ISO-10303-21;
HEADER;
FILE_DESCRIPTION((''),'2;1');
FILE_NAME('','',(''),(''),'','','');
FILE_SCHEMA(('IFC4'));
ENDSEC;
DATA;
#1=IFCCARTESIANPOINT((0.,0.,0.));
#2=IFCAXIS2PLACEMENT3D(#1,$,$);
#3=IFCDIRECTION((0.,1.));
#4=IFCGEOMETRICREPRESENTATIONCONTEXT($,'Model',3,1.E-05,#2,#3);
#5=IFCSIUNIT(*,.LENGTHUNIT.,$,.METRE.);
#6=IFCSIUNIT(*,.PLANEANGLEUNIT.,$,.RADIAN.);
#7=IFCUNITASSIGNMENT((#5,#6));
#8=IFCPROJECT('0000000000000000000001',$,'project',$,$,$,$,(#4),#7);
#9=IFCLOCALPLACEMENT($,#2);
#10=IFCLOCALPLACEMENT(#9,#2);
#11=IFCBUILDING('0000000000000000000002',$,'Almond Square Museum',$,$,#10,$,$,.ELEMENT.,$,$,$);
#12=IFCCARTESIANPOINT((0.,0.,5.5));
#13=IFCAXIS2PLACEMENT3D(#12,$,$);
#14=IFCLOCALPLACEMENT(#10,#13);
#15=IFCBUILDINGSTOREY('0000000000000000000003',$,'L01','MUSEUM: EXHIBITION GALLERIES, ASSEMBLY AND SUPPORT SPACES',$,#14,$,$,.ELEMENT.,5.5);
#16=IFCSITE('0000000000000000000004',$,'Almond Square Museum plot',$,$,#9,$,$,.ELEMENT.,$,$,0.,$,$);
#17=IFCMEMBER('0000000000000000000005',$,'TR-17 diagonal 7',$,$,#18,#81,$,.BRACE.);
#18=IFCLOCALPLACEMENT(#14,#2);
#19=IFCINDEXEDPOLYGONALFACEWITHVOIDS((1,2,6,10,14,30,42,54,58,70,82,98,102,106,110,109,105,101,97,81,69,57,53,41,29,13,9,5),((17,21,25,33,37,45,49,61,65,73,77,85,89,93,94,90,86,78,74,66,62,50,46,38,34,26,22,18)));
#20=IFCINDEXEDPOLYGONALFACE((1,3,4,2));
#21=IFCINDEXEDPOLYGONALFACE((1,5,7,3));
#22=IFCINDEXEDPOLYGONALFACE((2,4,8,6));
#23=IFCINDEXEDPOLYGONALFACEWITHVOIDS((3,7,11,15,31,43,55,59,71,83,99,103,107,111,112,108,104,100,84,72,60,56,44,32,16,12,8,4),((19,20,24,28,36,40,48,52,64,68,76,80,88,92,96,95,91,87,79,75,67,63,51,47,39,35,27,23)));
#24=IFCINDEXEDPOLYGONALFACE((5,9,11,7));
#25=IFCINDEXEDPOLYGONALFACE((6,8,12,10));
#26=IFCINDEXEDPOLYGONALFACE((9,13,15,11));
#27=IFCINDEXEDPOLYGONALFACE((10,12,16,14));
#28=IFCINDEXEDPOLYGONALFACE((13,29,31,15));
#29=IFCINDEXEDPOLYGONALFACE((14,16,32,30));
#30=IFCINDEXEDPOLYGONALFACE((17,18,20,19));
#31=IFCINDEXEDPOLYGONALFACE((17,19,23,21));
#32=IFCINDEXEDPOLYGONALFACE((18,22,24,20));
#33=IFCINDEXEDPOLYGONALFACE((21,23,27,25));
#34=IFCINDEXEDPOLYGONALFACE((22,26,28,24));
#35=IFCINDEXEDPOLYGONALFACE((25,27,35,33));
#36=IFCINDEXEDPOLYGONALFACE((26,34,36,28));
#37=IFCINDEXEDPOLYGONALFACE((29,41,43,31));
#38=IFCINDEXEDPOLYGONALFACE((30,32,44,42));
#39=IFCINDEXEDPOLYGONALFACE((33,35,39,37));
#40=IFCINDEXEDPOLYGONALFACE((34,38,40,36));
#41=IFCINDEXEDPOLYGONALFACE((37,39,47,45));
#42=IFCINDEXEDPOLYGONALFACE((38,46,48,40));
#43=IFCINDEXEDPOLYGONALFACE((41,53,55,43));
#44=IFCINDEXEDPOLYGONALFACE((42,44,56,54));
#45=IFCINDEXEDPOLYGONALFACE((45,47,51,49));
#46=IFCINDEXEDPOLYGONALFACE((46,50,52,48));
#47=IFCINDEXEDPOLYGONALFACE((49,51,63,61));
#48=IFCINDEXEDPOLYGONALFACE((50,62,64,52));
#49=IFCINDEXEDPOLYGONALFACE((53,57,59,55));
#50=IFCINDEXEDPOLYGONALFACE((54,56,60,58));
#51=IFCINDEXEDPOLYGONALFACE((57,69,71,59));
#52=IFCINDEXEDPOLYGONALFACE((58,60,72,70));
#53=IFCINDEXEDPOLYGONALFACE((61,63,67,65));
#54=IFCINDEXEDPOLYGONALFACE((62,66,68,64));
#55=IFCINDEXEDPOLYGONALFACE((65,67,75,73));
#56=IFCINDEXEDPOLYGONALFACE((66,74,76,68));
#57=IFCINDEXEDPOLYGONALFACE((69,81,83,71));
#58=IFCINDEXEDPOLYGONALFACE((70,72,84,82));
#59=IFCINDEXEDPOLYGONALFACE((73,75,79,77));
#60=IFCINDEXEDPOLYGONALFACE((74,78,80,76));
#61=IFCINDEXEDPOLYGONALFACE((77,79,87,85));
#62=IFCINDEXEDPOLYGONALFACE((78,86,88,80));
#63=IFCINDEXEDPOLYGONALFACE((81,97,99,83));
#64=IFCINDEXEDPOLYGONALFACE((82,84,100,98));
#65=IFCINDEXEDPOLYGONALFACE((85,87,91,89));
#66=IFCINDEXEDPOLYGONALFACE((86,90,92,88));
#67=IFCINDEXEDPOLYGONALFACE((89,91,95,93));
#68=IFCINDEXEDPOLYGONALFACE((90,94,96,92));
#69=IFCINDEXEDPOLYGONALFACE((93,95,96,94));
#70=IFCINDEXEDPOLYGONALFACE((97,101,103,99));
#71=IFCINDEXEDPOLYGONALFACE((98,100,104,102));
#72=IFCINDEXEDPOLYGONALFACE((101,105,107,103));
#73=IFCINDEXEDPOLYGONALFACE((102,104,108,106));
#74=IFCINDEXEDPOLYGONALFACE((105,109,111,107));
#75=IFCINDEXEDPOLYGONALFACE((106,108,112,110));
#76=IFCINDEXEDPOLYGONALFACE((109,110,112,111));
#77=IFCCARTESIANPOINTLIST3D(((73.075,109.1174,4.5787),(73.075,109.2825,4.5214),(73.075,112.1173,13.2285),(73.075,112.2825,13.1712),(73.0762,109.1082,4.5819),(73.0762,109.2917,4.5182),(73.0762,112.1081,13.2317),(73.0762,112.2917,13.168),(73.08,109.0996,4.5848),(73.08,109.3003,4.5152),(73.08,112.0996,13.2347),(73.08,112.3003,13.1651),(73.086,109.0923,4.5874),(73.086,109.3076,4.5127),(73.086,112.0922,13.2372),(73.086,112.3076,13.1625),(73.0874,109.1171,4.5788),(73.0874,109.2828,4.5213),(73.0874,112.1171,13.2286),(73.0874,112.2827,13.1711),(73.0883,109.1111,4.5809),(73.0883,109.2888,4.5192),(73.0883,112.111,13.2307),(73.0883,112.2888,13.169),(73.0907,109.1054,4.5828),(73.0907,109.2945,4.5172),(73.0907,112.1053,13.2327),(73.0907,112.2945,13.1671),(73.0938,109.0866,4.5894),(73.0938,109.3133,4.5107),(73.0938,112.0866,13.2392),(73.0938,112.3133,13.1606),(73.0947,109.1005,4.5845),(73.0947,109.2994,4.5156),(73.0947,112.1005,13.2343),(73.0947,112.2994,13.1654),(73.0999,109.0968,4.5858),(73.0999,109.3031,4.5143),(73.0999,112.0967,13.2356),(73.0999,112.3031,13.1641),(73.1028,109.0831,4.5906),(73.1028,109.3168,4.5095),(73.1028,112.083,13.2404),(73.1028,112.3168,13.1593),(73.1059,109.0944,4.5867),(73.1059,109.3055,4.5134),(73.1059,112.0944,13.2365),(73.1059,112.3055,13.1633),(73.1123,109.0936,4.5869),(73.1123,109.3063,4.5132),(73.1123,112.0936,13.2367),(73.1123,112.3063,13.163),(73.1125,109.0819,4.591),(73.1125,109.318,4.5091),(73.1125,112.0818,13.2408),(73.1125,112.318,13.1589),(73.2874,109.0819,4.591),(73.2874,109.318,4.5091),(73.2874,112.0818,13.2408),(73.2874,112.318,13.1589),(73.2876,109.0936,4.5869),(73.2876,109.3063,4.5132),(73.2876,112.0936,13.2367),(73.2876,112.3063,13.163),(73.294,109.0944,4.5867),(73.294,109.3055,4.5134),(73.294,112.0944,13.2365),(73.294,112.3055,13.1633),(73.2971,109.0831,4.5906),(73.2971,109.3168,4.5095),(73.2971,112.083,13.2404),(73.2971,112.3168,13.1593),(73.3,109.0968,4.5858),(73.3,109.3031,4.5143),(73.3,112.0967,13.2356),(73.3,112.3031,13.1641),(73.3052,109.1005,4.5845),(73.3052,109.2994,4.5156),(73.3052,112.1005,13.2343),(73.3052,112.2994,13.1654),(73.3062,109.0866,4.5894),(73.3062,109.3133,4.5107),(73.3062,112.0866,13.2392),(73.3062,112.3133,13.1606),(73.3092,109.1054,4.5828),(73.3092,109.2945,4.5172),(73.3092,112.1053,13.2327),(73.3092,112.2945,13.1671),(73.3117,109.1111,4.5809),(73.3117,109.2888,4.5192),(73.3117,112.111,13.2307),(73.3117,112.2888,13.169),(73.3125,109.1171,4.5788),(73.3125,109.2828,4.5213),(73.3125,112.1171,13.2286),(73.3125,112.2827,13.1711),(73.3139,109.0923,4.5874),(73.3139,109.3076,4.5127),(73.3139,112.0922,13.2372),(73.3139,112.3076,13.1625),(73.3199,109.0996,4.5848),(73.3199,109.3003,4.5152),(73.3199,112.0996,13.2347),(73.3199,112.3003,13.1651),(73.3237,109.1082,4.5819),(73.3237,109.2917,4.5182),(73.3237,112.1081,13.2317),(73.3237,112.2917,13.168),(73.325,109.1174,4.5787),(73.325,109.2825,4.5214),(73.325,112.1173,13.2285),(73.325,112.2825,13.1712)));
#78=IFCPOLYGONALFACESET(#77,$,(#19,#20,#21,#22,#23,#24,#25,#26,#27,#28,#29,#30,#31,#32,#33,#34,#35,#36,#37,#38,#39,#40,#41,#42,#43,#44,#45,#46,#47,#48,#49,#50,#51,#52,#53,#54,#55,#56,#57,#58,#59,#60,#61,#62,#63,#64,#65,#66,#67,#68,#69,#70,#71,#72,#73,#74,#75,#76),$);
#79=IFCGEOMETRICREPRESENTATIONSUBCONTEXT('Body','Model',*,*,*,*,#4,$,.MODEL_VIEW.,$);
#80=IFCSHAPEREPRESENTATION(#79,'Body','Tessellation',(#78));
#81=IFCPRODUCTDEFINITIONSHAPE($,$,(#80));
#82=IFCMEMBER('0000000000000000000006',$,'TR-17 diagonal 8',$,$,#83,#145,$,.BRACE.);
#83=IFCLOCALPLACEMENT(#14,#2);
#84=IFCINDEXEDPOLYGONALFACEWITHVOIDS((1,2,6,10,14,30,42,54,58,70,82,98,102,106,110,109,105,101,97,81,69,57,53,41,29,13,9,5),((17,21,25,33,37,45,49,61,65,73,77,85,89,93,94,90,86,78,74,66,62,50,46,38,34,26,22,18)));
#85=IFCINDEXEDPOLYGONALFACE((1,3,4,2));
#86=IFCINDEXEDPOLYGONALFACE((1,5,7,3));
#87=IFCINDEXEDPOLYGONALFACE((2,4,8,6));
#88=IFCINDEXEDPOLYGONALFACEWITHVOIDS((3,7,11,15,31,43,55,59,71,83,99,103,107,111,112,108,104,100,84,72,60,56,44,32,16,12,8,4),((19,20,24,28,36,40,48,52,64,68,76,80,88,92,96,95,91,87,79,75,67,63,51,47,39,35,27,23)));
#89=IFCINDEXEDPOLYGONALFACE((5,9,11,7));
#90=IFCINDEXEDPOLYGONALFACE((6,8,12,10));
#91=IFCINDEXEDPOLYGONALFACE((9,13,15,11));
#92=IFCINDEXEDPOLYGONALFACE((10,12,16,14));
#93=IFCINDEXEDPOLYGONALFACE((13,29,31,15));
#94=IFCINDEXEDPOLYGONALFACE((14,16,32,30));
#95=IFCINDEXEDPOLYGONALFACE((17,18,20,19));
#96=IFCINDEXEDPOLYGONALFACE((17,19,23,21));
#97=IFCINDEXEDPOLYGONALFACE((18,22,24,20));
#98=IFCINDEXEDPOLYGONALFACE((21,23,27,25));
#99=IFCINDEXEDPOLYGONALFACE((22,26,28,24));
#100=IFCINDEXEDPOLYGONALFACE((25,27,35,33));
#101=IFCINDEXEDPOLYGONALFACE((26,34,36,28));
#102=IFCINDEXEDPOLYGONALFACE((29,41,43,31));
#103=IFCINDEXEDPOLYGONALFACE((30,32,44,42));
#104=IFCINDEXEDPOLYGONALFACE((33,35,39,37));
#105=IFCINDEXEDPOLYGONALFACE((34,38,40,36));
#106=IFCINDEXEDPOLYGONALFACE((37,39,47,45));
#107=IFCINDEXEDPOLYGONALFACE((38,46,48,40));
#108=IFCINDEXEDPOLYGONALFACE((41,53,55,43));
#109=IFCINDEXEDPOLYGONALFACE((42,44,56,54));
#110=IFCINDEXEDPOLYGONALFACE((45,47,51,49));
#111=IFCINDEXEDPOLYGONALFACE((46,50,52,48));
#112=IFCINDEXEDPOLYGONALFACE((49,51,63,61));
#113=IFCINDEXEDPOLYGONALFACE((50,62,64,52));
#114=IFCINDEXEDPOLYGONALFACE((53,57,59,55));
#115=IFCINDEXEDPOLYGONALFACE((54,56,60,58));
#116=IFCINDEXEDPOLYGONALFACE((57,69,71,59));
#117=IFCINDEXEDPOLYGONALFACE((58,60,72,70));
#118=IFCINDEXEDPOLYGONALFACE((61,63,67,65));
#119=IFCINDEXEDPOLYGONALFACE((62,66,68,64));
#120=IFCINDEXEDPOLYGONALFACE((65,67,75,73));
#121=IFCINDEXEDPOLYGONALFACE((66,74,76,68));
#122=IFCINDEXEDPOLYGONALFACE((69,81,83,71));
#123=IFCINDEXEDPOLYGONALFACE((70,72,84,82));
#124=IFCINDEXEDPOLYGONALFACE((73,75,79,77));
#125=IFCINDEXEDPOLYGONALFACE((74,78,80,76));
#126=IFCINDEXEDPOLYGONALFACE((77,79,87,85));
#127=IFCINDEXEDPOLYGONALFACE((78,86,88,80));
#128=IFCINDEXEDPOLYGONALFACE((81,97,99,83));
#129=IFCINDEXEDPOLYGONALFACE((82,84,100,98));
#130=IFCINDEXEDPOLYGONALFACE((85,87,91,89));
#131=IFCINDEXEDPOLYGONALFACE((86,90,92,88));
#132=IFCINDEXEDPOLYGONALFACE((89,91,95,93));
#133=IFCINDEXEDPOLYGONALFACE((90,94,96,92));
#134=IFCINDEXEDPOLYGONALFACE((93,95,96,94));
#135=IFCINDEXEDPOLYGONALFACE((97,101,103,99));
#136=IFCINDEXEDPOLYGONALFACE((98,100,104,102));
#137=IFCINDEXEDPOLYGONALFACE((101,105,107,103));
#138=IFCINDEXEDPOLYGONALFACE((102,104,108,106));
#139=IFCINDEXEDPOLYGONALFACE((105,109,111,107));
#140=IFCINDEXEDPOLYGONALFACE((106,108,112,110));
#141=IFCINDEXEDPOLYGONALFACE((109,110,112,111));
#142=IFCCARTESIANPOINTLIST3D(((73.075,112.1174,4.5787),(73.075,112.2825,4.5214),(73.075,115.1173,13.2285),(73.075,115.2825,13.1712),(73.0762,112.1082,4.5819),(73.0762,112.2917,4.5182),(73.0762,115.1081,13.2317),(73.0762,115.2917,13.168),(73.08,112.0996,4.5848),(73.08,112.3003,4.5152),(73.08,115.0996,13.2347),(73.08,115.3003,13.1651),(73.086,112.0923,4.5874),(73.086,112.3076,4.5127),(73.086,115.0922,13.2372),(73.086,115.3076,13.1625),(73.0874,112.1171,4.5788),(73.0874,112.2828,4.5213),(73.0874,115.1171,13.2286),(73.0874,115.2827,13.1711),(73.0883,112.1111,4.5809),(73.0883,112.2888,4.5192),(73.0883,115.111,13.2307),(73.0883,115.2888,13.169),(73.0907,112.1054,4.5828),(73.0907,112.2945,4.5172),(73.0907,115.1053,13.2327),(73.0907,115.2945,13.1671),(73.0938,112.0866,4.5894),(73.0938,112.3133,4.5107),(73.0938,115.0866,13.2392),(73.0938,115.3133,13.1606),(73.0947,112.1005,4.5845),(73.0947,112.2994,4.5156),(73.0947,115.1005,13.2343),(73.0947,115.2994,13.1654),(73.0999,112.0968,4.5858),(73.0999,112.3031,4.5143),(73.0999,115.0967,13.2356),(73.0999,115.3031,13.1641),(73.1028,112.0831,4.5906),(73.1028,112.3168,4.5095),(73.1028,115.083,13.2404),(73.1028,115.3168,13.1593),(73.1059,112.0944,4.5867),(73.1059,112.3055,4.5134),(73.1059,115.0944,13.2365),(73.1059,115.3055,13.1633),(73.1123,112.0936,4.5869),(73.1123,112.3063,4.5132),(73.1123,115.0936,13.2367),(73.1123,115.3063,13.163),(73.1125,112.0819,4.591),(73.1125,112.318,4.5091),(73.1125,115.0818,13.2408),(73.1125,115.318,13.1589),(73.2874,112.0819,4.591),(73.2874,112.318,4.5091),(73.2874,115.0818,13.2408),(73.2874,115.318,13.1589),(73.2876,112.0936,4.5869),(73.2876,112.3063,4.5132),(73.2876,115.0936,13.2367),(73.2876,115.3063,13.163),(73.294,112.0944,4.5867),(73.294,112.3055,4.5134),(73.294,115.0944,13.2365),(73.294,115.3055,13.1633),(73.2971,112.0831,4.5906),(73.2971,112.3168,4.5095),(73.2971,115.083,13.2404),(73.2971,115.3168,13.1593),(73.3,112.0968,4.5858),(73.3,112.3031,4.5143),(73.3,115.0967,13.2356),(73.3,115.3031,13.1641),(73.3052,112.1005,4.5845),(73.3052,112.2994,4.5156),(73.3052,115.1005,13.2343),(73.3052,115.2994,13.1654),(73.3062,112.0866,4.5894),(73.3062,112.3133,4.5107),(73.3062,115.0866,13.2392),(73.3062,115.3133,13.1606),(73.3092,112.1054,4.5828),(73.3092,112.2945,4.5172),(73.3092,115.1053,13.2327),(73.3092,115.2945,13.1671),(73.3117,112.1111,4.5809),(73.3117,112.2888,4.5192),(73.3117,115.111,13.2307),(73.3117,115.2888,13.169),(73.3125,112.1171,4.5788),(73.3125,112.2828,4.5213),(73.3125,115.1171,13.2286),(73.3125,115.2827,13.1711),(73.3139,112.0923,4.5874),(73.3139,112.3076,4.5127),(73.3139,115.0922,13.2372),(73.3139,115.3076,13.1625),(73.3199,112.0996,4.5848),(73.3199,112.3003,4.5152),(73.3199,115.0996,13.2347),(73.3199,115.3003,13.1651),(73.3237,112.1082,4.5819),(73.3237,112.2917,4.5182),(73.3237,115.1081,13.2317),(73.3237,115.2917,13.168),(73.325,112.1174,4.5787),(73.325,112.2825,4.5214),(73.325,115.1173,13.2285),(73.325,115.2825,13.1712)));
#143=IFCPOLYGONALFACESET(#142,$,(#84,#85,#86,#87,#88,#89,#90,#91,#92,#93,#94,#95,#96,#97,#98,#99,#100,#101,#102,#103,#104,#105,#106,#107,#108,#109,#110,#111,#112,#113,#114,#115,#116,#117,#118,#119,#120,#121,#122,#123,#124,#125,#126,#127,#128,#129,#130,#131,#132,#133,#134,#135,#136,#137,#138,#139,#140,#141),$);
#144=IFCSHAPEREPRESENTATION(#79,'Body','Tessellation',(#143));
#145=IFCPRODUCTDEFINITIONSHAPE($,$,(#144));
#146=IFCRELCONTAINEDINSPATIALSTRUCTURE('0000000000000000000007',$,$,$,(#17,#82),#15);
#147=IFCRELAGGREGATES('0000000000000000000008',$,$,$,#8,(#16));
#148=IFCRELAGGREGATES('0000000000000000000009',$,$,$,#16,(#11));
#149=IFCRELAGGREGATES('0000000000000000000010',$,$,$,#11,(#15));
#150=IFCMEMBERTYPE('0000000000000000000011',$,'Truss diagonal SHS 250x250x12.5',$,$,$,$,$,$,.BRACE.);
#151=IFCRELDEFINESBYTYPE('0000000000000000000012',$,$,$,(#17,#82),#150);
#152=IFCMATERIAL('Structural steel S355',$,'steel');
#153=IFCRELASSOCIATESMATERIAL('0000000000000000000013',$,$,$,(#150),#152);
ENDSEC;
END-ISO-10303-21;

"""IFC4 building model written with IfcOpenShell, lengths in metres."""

from ifc_helpers import new_model, si_unit, direction, frame, origin, origin_2d, place, context, subcontext, project, spatial, hollow_rectangle, extrude, material, material_profile, profile_set, type_object, element, save


model = new_model("IFC4")

# Units and contexts
model_context = context("Model", 3, precision=1e-05, world=origin(), true_north=direction((0.0, 1.0)))
body_context = subcontext(model_context, "Body", "Model", "MODEL_VIEW")
ifc_project = project(units=[si_unit("LENGTHUNIT", "METRE"), si_unit("PLANEANGLEUNIT", "RADIAN")], contexts=[model_context])

# Site, building, storey
site_placement = place(None, origin())
site = spatial("IfcSite", under=ifc_project, at=site_placement, Name="Almond Square Museum plot", CompositionType="ELEMENT", RefElevation=0.0)
building_placement = place(site_placement, origin())
building = spatial("IfcBuilding", under=site, at=building_placement, Name="Almond Square Museum", CompositionType="ELEMENT")
storey_placement = place(building_placement, frame((0.0, 0.0, 5.5)))
storey = spatial("IfcBuildingStorey", under=building, at=storey_placement, Name="L01", Description="MUSEUM: EXHIBITION GALLERIES, ASSEMBLY AND SUPPORT SPACES", CompositionType="ELEMENT", Elevation=5.5)

# Members
ifc_material_1 = material(Name="Structural steel S355", Category="steel")
ifc_material_profile_1 = material_profile(ifc_material_1, hollow_rectangle(XDim=0.25, YDim=0.25, WallThickness=0.0125, InnerFilletRadius=0.0249, OuterFilletRadius=0.0376, at=origin_2d()))
ifc_profile_set_1 = profile_set([ifc_material_profile_1], Name="Structural steel S355")
member_type_1 = type_object("IfcMemberType", Name="Truss diagonal SHS 250x250x12.5", PredefinedType="BRACE", material=ifc_profile_set_1)
for number, where, z_axis, x_axis, name in (
    (1, (73.2, 109.2, 4.55), (0.0, 0.327677, 0.94479), (-1.0, 0.0, 0.0), "TR-17 diagonal 7"),
    (2, (73.2, 112.2, 4.55), (0.0, 0.327677, 0.94479), (-1.0, 0.0, 0.0), "TR-17 diagonal 8"),
):
    element("IfcMember", number, at=place(storey_placement, frame(where, z_axis=z_axis, x_axis=x_axis)), inside=storey, type_object=member_type_1, Name=name, PredefinedType="BRACE", context=body_context, shape_type="SweptSolid", body=[
        extrude(hollow_rectangle(XDim=0.25, YDim=0.25, WallThickness=0.0125, InnerFilletRadius=0.0249, OuterFilletRadius=0.0376, at=origin_2d()), origin(), (0.0, 0.0, 1.0), 9.1553),
    ])

save(model, "model.ifc")
